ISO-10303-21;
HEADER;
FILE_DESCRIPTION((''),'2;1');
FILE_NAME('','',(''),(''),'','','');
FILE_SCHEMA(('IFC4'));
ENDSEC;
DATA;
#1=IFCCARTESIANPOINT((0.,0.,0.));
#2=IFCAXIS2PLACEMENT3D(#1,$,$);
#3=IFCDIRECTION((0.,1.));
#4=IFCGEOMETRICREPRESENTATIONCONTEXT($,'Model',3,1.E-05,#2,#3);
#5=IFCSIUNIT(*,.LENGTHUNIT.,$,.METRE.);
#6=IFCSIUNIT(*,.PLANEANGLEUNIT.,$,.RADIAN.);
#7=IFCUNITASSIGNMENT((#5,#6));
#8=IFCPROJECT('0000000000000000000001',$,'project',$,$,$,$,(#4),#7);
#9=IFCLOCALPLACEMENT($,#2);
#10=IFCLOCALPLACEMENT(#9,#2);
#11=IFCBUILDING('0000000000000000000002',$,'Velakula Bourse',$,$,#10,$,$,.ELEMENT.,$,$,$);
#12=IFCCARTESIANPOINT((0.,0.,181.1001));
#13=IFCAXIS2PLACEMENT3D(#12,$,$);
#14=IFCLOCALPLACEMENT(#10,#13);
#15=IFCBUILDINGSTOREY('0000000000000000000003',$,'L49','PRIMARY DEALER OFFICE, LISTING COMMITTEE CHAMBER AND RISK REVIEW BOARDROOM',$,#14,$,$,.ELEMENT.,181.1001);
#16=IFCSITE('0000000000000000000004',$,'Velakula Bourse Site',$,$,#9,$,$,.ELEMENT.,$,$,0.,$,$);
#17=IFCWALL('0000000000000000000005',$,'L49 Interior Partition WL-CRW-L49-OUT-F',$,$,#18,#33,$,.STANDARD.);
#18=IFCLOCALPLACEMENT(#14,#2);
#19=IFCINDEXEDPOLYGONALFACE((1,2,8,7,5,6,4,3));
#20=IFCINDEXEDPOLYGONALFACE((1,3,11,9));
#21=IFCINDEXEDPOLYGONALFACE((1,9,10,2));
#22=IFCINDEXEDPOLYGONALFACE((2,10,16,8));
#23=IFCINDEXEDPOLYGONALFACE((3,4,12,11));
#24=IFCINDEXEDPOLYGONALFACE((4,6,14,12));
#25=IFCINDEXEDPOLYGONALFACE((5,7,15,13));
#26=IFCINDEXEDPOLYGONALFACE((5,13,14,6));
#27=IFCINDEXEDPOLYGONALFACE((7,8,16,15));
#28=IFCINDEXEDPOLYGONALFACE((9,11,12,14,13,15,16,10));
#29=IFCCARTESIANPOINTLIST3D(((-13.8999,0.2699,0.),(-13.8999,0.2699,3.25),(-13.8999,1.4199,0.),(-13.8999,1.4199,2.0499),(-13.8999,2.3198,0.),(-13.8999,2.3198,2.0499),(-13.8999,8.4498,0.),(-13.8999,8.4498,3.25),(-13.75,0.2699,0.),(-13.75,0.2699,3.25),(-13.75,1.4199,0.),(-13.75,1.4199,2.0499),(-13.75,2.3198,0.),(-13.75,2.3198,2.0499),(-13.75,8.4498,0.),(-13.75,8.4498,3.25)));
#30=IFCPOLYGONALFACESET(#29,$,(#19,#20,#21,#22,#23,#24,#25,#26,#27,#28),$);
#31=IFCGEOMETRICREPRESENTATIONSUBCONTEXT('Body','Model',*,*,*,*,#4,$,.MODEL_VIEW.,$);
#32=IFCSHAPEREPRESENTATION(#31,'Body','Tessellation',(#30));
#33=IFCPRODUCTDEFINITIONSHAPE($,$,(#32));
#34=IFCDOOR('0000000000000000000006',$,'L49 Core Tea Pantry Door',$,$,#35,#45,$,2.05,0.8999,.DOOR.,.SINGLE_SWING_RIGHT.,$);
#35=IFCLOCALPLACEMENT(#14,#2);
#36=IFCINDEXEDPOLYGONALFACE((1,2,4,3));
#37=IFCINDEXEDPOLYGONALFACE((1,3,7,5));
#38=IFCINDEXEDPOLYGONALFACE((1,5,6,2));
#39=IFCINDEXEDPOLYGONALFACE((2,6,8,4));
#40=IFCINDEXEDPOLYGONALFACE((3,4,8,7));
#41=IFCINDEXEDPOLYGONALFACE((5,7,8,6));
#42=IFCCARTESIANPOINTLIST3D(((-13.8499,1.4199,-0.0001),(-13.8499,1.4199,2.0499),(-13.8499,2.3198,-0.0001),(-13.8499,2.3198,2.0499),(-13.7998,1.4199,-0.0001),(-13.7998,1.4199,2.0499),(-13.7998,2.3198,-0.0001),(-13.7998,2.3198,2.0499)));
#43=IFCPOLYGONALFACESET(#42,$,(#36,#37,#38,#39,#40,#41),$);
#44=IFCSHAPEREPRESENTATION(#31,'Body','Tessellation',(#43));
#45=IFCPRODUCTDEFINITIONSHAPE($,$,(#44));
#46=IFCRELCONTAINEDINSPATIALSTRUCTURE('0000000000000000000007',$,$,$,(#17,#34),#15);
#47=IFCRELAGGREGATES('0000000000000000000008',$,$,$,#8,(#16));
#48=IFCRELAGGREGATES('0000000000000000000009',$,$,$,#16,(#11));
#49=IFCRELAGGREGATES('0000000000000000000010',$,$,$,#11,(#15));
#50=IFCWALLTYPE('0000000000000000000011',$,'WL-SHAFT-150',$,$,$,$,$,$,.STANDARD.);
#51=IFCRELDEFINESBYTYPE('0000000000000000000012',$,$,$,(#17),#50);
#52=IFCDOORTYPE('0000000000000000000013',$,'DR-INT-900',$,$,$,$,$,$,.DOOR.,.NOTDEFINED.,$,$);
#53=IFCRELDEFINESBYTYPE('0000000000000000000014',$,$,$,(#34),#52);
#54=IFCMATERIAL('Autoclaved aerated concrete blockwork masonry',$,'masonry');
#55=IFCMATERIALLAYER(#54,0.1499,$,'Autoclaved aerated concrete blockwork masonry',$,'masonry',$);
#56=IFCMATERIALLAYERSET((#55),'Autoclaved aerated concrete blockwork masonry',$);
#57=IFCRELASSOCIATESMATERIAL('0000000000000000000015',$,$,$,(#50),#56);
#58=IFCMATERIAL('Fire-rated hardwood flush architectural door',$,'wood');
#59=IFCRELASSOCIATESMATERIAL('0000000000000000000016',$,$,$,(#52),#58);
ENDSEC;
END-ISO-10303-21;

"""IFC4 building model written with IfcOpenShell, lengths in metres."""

from ifc_helpers import new_model, si_unit, direction, frame, frame_2d, origin, place, context, subcontext, project, spatial, rectangle, extrude, material, layer, layer_set, type_object, element, fill, save


model = new_model("IFC4")

# Units and contexts
model_context = context("Model", 3, precision=1e-05, world=origin(), true_north=direction((0.0, 1.0)))
body_context = subcontext(model_context, "Body", "Model", "MODEL_VIEW")
ifc_project = project(units=[si_unit("LENGTHUNIT", "METRE"), si_unit("PLANEANGLEUNIT", "RADIAN")], contexts=[model_context])

# Site, building, storey
site_placement = place(None, origin())
site = spatial("IfcSite", under=ifc_project, at=site_placement, Name="Velakula Bourse Site", CompositionType="ELEMENT", RefElevation=0.0)
building_placement = place(site_placement, origin())
building = spatial("IfcBuilding", under=site, at=building_placement, Name="Velakula Bourse", CompositionType="ELEMENT")
storey_placement = place(building_placement, frame((0.0, 0.0, 181.1001)))
storey = spatial("IfcBuildingStorey", under=building, at=storey_placement, Name="L49", Description="PRIMARY DEALER OFFICE, LISTING COMMITTEE CHAMBER AND RISK REVIEW BOARDROOM", CompositionType="ELEMENT", Elevation=181.1001)

# Shared definitions
ifc_material_1 = material(Name="Fire-rated hardwood flush architectural door", Category="wood")

# Shared definitions
ifc_material_2 = material(Name="Autoclaved aerated concrete blockwork masonry", Category="masonry")
ifc_layer_1 = layer(ifc_material_2, 0.1499, Name="Autoclaved aerated concrete blockwork masonry", Category="masonry")
ifc_layer_set_1 = layer_set([ifc_layer_1], Name="Autoclaved aerated concrete blockwork masonry")
wall_type_1 = type_object("IfcWallType", Name="WL-SHAFT-150", PredefinedType="STANDARD", material=ifc_layer_set_1)

# Wall, opening, door
wall_1_placement = place(storey_placement, frame((-13.825, 0.27, 0.0), z_axis=(0.0, 0.0, 1.0), x_axis=(0.0, 1.0, 0.0)))
wall_1 = element("IfcWall", 1, at=wall_1_placement, inside=storey, type_object=wall_type_1, Name="L49 Interior Partition WL-CRW-L49-OUT-F", PredefinedType="STANDARD", context=body_context, shape_type="SweptSolid", body=[
    extrude(rectangle(XDim=8.1799, YDim=0.1499, at=frame_2d((4.0898, 0.0))), origin(), (0.0, 0.0, 1.0), 3.25),
])
opening_1_placement = place(wall_1_placement, frame((1.1499, 0.0, 0.0)))
opening_1 = element("IfcOpeningElement", 2, at=opening_1_placement, cuts=wall_1, PredefinedType="OPENING", context=body_context, shape_type="SweptSolid", body=[
    extrude(rectangle(XDim=0.8999, YDim=2.05, at=frame_2d((0.45, 1.0249))), frame((0.0, 0.085, 0.0), z_axis=(0.0, -1.0, 0.0), x_axis=(1.0, 0.0, 0.0)), (0.0, 0.0, 1.0), 0.1699),
])
door_type_1 = type_object("IfcDoorType", Name="DR-INT-900", OperationType="NOTDEFINED", PredefinedType="DOOR", material=ifc_material_1)
door_1_placement = place(opening_1_placement, origin())
door_1 = element("IfcDoor", 3, at=door_1_placement, inside=storey, type_object=door_type_1, Name="L49 Core Tea Pantry Door", OperationType="SINGLE_SWING_RIGHT", OverallHeight=2.05, OverallWidth=0.8999, PredefinedType="DOOR", context=body_context, shape_type="SweptSolid", body=[
    extrude(rectangle(XDim=0.8999, YDim=2.05, at=frame_2d((0.45, 1.0249))), frame((0.0, 0.0249, 0.0), z_axis=(0.0, -1.0, 0.0), x_axis=(1.0, 0.0, 0.0)), (0.0, 0.0, 1.0), 0.05),
])
fill(opening_1, door_1)

save(model, "model.ifc")
